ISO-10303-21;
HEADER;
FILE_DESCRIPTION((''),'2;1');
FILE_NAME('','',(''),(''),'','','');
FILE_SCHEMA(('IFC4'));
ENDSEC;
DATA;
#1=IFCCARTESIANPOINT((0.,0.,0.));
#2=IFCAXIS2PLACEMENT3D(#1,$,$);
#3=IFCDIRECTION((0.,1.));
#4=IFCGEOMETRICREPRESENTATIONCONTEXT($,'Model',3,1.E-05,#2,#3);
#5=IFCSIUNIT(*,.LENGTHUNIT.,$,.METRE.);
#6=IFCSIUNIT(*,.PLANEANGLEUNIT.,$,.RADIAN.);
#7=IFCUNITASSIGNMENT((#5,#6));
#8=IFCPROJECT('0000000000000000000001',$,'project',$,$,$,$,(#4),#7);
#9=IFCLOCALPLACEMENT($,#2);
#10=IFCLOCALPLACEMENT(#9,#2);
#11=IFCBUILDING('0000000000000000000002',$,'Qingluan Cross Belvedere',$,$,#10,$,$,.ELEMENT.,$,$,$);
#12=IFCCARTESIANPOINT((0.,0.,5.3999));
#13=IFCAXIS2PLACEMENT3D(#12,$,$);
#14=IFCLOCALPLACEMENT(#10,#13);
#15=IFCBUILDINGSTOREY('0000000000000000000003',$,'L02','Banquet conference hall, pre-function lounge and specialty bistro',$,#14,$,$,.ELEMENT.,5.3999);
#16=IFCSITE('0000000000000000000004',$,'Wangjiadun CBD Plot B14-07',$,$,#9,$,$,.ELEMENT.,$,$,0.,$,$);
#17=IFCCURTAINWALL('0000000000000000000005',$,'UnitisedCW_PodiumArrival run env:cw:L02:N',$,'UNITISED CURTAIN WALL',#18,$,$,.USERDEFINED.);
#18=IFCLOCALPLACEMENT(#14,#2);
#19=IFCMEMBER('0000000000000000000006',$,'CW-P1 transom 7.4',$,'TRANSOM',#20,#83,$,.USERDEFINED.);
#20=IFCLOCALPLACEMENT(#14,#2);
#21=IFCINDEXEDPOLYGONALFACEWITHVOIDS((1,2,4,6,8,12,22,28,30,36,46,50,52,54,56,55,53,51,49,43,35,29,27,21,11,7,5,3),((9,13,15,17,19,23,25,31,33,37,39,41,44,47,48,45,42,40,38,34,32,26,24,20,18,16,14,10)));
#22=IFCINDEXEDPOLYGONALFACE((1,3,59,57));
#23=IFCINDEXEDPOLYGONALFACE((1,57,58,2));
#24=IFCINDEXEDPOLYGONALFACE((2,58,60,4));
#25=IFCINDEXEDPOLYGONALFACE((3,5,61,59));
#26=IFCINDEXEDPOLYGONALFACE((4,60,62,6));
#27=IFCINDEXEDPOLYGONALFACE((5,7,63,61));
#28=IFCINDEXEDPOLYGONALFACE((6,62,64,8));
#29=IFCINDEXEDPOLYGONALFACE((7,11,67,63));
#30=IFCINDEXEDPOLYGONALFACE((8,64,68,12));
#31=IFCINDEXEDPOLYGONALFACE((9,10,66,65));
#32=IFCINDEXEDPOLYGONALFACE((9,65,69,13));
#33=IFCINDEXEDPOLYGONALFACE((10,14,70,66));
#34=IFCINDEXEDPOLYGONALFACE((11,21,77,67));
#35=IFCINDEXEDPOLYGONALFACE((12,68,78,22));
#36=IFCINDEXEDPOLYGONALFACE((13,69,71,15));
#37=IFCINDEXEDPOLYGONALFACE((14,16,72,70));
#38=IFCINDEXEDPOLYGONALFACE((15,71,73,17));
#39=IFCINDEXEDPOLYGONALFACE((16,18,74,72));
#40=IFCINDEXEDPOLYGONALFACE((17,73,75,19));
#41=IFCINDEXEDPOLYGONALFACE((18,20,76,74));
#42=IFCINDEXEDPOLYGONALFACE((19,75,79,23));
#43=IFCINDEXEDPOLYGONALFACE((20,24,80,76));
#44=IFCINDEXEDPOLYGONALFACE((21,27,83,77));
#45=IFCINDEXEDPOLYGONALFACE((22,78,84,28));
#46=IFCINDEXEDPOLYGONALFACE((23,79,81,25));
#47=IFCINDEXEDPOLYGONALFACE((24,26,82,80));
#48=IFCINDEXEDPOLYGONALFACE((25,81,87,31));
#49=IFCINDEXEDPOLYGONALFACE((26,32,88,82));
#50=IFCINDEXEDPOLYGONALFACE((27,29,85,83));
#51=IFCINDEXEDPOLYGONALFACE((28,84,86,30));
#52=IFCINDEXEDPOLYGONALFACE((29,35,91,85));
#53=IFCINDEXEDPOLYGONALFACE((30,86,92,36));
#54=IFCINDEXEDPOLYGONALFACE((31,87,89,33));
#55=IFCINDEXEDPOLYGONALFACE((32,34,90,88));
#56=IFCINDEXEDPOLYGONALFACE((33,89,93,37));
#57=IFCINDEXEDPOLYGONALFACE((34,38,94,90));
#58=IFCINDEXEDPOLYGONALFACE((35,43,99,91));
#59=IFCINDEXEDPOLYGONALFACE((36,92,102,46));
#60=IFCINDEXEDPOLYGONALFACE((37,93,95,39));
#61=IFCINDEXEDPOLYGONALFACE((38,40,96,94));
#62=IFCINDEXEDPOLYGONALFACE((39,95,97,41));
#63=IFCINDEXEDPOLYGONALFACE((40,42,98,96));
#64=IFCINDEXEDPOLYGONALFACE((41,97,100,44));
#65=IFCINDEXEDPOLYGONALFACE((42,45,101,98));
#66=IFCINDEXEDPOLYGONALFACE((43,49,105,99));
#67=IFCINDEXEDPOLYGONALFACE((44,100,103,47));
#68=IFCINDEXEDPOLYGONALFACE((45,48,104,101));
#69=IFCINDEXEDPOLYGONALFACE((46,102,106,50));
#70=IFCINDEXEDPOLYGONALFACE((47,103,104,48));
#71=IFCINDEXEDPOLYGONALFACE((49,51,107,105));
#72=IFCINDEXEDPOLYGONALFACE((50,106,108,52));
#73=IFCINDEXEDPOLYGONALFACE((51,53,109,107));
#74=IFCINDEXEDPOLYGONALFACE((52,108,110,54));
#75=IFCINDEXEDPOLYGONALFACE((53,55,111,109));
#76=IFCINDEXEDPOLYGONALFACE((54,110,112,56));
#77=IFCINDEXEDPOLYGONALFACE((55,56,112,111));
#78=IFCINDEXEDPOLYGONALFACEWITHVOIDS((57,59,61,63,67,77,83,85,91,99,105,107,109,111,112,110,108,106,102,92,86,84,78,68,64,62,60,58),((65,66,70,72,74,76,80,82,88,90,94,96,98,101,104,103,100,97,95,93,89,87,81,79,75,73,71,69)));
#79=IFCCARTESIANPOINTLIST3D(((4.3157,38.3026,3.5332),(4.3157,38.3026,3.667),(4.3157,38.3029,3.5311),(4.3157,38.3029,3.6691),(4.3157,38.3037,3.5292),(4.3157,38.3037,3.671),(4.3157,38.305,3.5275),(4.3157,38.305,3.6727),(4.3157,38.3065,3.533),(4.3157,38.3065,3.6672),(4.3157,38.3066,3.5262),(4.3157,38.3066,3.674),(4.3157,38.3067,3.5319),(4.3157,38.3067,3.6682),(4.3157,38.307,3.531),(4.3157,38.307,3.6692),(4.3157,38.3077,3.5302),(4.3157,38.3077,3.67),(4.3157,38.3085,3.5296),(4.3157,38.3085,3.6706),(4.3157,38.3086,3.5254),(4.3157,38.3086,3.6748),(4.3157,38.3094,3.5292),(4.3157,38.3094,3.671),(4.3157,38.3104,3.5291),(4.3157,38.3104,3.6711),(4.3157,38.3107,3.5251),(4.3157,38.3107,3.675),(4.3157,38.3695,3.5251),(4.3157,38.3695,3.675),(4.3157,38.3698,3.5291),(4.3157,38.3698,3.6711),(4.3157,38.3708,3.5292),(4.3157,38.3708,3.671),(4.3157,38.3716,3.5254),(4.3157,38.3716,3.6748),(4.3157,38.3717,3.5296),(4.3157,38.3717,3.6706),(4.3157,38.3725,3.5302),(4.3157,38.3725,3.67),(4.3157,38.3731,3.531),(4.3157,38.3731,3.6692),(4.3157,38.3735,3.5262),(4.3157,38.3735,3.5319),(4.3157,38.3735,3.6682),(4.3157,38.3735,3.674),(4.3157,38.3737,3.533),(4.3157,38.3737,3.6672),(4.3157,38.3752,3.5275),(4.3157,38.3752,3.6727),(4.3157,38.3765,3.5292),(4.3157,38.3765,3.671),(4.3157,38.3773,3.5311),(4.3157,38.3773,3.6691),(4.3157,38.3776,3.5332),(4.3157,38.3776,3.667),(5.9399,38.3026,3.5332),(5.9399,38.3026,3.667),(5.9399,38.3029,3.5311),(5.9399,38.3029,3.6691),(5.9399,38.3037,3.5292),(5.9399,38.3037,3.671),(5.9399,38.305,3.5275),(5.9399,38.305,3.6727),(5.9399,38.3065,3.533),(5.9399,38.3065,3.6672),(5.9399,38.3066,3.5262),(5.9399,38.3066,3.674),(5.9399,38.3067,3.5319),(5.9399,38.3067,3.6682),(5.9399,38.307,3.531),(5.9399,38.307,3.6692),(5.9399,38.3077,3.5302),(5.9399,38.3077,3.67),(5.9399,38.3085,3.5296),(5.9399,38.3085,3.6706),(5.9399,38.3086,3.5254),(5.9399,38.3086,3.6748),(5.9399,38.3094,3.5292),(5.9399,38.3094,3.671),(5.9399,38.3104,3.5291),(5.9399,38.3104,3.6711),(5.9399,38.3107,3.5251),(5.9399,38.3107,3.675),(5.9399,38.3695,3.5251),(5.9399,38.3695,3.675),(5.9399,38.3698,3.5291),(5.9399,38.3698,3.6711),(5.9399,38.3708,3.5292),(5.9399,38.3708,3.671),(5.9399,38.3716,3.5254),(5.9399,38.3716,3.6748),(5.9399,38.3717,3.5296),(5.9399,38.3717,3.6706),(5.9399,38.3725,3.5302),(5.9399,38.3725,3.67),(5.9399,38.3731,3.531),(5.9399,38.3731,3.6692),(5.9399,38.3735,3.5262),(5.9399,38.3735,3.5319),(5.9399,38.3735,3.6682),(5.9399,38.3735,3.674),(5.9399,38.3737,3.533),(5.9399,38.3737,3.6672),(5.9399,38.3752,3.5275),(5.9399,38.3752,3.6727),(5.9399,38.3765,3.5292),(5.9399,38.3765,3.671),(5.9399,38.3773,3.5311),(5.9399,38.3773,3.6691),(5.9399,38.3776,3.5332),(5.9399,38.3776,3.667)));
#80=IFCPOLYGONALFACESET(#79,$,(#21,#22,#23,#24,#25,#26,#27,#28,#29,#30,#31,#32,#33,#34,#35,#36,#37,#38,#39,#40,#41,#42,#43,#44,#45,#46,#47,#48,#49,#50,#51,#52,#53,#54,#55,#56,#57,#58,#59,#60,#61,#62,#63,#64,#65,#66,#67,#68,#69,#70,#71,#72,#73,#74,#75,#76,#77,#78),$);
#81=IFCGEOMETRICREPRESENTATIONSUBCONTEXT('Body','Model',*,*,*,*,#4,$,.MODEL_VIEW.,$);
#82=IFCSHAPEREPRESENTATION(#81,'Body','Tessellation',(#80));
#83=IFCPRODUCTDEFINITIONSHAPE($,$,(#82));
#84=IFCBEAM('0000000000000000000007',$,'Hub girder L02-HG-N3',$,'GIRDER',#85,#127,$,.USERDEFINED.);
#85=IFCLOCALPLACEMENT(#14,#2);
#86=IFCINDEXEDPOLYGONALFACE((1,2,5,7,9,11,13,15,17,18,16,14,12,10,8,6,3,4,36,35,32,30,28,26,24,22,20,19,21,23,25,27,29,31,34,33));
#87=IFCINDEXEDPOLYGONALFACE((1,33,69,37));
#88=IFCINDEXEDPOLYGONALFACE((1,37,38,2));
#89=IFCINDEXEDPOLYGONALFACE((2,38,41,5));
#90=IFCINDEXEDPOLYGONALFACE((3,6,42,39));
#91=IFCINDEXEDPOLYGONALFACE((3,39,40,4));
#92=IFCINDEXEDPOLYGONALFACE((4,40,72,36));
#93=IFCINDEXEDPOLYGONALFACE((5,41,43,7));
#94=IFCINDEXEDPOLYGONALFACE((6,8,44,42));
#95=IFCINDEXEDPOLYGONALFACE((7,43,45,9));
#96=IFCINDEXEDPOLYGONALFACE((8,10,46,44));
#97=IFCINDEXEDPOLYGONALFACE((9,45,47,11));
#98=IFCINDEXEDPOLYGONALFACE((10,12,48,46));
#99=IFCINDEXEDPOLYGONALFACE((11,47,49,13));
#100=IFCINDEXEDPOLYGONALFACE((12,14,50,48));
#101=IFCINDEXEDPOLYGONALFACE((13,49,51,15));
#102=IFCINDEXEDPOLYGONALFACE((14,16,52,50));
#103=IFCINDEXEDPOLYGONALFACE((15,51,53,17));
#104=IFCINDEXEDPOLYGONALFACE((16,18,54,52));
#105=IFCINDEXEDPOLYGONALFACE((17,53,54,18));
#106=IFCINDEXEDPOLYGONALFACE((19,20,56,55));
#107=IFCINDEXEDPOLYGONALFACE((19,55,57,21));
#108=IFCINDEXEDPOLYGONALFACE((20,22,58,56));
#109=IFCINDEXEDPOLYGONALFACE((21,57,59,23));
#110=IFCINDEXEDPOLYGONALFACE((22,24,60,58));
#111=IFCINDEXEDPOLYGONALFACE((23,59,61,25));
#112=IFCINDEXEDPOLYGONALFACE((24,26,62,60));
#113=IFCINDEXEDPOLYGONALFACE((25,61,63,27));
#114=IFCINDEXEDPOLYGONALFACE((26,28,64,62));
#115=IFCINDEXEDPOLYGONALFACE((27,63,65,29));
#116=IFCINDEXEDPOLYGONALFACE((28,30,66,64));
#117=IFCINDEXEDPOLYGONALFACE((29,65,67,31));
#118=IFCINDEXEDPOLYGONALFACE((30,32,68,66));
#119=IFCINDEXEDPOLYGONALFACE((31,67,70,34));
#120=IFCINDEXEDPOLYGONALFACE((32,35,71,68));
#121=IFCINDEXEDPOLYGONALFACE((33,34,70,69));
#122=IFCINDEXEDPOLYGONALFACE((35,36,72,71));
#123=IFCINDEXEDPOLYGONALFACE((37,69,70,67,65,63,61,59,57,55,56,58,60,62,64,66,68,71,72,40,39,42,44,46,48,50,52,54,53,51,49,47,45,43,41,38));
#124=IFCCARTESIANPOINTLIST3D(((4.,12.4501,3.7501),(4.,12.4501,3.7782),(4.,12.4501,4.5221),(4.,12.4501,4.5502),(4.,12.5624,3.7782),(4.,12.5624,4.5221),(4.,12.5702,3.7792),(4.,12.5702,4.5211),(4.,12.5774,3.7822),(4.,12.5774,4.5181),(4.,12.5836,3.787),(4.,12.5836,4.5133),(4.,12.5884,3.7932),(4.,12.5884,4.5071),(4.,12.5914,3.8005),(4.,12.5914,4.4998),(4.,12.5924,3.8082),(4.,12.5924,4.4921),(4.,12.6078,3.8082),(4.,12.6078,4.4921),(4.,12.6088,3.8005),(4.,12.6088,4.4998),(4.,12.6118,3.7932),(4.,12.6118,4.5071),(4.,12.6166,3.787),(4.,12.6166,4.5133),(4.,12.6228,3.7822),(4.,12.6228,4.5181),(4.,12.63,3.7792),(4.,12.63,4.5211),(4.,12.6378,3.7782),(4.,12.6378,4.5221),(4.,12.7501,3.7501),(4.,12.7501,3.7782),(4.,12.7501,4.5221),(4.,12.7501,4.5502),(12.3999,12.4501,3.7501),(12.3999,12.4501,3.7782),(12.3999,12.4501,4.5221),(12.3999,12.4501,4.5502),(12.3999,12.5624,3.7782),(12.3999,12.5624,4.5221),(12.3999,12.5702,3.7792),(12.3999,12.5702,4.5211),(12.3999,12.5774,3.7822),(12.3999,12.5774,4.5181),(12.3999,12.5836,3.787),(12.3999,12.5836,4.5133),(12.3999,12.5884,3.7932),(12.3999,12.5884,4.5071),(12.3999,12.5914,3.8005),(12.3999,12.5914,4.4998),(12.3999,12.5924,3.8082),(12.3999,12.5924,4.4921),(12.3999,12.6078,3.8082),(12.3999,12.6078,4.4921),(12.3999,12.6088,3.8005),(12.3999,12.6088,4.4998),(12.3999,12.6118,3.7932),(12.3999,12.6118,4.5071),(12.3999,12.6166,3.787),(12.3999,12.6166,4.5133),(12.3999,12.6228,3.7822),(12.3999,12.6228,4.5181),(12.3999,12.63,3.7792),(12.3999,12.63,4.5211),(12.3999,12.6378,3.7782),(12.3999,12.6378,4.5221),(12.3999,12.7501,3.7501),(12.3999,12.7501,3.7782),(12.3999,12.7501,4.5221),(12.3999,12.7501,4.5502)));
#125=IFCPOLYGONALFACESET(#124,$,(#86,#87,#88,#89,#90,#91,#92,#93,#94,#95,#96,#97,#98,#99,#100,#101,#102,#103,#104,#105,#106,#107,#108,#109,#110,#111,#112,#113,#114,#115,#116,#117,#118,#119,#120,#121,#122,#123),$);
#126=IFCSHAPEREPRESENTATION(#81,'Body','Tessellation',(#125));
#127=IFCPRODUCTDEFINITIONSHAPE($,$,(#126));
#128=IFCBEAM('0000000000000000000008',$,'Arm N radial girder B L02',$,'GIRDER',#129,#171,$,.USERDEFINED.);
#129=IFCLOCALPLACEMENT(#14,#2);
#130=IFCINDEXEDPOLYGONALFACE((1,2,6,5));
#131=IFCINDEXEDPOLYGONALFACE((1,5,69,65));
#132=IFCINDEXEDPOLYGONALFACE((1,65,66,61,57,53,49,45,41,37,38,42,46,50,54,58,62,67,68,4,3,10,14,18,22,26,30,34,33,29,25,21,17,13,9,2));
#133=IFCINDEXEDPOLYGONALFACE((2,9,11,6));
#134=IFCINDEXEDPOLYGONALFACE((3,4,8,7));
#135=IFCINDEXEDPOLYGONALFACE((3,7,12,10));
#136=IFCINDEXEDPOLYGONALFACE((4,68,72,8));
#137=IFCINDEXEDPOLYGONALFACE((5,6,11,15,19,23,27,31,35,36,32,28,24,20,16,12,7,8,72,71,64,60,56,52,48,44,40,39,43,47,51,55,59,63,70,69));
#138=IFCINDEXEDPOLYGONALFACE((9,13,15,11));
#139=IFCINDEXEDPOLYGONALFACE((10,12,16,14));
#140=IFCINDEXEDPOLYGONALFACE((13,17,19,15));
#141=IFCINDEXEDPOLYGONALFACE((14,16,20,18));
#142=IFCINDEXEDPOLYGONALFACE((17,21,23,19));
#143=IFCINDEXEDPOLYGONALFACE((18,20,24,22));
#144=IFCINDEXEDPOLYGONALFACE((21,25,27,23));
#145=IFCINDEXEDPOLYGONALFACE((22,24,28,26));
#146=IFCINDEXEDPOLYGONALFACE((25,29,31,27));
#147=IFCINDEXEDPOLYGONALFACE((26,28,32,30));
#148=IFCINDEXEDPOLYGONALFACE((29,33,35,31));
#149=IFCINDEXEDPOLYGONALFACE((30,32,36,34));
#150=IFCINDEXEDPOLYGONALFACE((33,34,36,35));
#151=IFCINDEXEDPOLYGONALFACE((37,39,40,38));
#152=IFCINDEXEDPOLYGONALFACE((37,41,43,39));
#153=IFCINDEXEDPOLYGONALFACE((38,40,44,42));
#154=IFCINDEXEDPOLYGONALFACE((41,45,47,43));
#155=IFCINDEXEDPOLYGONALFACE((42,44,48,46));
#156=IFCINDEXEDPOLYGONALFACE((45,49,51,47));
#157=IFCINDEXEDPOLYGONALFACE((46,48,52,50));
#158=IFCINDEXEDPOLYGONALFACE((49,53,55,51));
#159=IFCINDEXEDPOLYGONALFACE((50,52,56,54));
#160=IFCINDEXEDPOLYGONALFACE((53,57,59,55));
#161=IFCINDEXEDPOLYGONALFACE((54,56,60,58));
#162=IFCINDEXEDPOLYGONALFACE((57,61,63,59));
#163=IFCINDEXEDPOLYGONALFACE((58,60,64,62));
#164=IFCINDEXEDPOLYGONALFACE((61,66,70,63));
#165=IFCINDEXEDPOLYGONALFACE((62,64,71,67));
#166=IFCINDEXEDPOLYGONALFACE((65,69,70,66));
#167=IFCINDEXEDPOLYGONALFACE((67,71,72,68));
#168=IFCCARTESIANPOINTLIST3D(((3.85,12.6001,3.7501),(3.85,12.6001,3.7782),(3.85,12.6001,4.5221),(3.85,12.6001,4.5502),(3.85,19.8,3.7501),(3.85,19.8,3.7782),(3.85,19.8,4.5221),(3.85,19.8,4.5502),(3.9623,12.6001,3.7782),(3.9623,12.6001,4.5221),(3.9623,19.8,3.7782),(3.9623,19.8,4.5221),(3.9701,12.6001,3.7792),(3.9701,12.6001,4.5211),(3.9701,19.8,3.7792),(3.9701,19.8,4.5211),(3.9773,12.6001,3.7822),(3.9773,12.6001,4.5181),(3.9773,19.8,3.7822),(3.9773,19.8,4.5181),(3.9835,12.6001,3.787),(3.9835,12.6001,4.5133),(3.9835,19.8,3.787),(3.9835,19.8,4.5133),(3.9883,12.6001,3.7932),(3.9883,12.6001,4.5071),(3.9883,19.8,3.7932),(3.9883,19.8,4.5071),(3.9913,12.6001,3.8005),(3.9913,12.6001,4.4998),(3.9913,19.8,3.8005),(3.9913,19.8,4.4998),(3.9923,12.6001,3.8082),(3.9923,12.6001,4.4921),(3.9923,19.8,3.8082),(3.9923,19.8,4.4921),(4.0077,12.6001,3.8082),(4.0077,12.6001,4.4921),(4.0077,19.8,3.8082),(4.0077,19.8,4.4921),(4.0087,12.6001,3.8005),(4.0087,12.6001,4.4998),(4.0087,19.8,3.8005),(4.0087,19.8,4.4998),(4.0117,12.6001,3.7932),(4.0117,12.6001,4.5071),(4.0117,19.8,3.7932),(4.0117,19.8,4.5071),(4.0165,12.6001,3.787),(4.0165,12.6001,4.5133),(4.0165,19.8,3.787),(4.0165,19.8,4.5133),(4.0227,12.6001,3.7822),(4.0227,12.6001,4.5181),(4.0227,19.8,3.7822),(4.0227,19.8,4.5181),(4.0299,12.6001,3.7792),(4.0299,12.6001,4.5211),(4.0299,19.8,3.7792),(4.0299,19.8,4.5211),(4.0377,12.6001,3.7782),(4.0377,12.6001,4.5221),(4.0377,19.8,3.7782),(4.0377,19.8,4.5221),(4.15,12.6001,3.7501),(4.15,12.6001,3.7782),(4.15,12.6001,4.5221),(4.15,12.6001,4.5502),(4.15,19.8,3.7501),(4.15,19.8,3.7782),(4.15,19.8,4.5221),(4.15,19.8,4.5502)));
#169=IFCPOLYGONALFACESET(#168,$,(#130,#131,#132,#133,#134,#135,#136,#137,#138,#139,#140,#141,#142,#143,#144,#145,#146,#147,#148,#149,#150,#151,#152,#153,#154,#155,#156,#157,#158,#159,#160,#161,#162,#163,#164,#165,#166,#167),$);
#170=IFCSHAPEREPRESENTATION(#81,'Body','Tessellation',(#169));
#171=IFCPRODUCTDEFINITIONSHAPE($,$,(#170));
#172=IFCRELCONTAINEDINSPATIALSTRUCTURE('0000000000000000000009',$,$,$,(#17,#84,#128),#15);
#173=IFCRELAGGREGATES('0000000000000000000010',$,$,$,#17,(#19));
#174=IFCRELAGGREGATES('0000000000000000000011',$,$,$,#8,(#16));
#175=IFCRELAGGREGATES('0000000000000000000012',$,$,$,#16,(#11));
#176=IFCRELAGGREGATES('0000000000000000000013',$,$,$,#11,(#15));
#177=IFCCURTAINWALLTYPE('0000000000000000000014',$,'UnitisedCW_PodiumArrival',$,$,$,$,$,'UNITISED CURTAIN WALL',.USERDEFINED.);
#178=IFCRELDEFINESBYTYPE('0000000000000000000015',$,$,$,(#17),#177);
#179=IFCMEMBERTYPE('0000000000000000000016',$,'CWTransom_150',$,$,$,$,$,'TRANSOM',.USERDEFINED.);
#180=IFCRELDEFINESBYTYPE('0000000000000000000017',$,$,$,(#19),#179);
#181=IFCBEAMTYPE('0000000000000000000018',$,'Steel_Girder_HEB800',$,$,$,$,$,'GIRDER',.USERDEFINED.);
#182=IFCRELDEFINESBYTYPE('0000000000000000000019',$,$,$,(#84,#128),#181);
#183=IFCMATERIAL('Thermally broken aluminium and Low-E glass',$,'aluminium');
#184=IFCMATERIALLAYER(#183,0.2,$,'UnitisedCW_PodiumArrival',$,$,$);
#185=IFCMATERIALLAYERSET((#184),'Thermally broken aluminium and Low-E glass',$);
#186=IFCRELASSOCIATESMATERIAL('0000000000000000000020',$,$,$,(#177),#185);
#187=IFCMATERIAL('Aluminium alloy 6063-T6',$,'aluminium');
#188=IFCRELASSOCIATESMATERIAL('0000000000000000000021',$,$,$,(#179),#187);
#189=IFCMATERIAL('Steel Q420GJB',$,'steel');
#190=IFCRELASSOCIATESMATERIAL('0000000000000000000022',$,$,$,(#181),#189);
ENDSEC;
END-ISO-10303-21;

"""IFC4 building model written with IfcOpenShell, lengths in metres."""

from ifc_helpers import new_model, si_unit, direction, frame, origin, origin_2d, place, context, subcontext, project, spatial, hollow_rectangle, i_section, extrude, material, layer, layer_set, material_profile, profile_set, type_object, element, aggregate, save


model = new_model("IFC4")

# Units and contexts
model_context = context("Model", 3, precision=1e-05, world=origin(), true_north=direction((0.0, 1.0)))
body_context = subcontext(model_context, "Body", "Model", "MODEL_VIEW")
ifc_project = project(units=[si_unit("LENGTHUNIT", "METRE"), si_unit("PLANEANGLEUNIT", "RADIAN")], contexts=[model_context])

# Site, building, storey
site_placement = place(None, origin())
site = spatial("IfcSite", under=ifc_project, at=site_placement, Name="Wangjiadun CBD Plot B14-07", CompositionType="ELEMENT", RefElevation=0.0)
building_placement = place(site_placement, origin())
building = spatial("IfcBuilding", under=site, at=building_placement, Name="Qingluan Cross Belvedere", CompositionType="ELEMENT")
storey_placement = place(building_placement, frame((0.0, 0.0, 5.3999)))
storey = spatial("IfcBuildingStorey", under=building, at=storey_placement, Name="L02", Description="Banquet conference hall, pre-function lounge and specialty bistro", CompositionType="ELEMENT", Elevation=5.3999)

# Curtain wall, member
ifc_material_1 = material(Name="Thermally broken aluminium and Low-E glass", Category="aluminium")
ifc_layer_1 = layer(ifc_material_1, 0.2, Name="UnitisedCW_PodiumArrival")
ifc_layer_set_1 = layer_set([ifc_layer_1], Name="Thermally broken aluminium and Low-E glass")
curtain_wall_type = type_object("IfcCurtainWallType", Name="UnitisedCW_PodiumArrival", ElementType="UNITISED CURTAIN WALL", PredefinedType="USERDEFINED", material=ifc_layer_set_1)
curtain_wall_placement = place(storey_placement, origin())
curtain_wall = element("IfcCurtainWall", 1, at=curtain_wall_placement, inside=storey, type_object=curtain_wall_type, Name="UnitisedCW_PodiumArrival run env:cw:L02:N", ObjectType="UNITISED CURTAIN WALL", PredefinedType="USERDEFINED")
ifc_material_2 = material(Name="Aluminium alloy 6063-T6", Category="aluminium")
ifc_material_profile_1 = material_profile(ifc_material_2, hollow_rectangle(XDim=0.075, YDim=0.1499, WallThickness=0.0039, InnerFilletRadius=0.0039, OuterFilletRadius=0.0081, at=origin_2d()), Name="CWT150x75x4")
ifc_profile_set_1 = profile_set([ifc_material_profile_1], Name="Aluminium alloy 6063-T6")
member_type_1 = type_object("IfcMemberType", Name="CWTransom_150", ElementType="TRANSOM", PredefinedType="USERDEFINED", material=ifc_profile_set_1)
member_1_placement = place(storey_placement, frame((4.3157, 38.3401, 3.6001), z_axis=(1.0, 0.0, 0.0), x_axis=(0.0, 1.0, 0.0)))
member_1 = element("IfcMember", 2, at=member_1_placement, type_object=member_type_1, Name="CW-P1 transom 7.4", ObjectType="TRANSOM", PredefinedType="USERDEFINED", context=body_context, shape_type="SweptSolid", body=[
    extrude(hollow_rectangle(XDim=0.075, YDim=0.1499, WallThickness=0.0039, InnerFilletRadius=0.0039, OuterFilletRadius=0.0081, at=origin_2d()), origin(), (0.0, 0.0, 1.0), 1.6243),
])

# Beams
ifc_material_3 = material(Name="Steel Q420GJB", Category="steel")
ifc_material_profile_2 = material_profile(ifc_material_3, i_section(OverallWidth=0.3, OverallDepth=0.8, WebThickness=0.0154, FlangeThickness=0.0281, FilletRadius=0.03, at=origin_2d()), Name="HEB800")
ifc_profile_set_2 = profile_set([ifc_material_profile_2], Name="Steel Q420GJB")
beam_type = type_object("IfcBeamType", Name="Steel_Girder_HEB800", ElementType="GIRDER", PredefinedType="USERDEFINED", material=ifc_profile_set_2)
beam_1_placement = place(storey_placement, frame((4.0, 12.6001, 4.1501), z_axis=(1.0, 0.0, 0.0), x_axis=(0.0, 1.0, 0.0)))
element("IfcBeam", 3, at=beam_1_placement, inside=storey, type_object=beam_type, Name="Hub girder L02-HG-N3", ObjectType="GIRDER", PredefinedType="USERDEFINED", context=body_context, shape_type="SweptSolid", body=[
    extrude(i_section(OverallWidth=0.3, OverallDepth=0.8, WebThickness=0.0154, FlangeThickness=0.0281, FilletRadius=0.03, at=origin_2d()), origin(), (0.0, 0.0, 1.0), 8.3999),
])
beam_2_placement = place(storey_placement, frame((4.0, 12.6001, 4.1501), z_axis=(0.0, 1.0, 0.0), x_axis=(-1.0, 0.0, 0.0)))
element("IfcBeam", 4, at=beam_2_placement, inside=storey, type_object=beam_type, Name="Arm N radial girder B L02", ObjectType="GIRDER", PredefinedType="USERDEFINED", context=body_context, shape_type="SweptSolid", body=[
    extrude(i_section(OverallWidth=0.3, OverallDepth=0.8, WebThickness=0.0154, FlangeThickness=0.0281, FilletRadius=0.03, at=origin_2d()), origin(), (0.0, 0.0, 1.0), 7.2),
])

aggregate(curtain_wall, [member_1])

save(model, "model.ifc")
